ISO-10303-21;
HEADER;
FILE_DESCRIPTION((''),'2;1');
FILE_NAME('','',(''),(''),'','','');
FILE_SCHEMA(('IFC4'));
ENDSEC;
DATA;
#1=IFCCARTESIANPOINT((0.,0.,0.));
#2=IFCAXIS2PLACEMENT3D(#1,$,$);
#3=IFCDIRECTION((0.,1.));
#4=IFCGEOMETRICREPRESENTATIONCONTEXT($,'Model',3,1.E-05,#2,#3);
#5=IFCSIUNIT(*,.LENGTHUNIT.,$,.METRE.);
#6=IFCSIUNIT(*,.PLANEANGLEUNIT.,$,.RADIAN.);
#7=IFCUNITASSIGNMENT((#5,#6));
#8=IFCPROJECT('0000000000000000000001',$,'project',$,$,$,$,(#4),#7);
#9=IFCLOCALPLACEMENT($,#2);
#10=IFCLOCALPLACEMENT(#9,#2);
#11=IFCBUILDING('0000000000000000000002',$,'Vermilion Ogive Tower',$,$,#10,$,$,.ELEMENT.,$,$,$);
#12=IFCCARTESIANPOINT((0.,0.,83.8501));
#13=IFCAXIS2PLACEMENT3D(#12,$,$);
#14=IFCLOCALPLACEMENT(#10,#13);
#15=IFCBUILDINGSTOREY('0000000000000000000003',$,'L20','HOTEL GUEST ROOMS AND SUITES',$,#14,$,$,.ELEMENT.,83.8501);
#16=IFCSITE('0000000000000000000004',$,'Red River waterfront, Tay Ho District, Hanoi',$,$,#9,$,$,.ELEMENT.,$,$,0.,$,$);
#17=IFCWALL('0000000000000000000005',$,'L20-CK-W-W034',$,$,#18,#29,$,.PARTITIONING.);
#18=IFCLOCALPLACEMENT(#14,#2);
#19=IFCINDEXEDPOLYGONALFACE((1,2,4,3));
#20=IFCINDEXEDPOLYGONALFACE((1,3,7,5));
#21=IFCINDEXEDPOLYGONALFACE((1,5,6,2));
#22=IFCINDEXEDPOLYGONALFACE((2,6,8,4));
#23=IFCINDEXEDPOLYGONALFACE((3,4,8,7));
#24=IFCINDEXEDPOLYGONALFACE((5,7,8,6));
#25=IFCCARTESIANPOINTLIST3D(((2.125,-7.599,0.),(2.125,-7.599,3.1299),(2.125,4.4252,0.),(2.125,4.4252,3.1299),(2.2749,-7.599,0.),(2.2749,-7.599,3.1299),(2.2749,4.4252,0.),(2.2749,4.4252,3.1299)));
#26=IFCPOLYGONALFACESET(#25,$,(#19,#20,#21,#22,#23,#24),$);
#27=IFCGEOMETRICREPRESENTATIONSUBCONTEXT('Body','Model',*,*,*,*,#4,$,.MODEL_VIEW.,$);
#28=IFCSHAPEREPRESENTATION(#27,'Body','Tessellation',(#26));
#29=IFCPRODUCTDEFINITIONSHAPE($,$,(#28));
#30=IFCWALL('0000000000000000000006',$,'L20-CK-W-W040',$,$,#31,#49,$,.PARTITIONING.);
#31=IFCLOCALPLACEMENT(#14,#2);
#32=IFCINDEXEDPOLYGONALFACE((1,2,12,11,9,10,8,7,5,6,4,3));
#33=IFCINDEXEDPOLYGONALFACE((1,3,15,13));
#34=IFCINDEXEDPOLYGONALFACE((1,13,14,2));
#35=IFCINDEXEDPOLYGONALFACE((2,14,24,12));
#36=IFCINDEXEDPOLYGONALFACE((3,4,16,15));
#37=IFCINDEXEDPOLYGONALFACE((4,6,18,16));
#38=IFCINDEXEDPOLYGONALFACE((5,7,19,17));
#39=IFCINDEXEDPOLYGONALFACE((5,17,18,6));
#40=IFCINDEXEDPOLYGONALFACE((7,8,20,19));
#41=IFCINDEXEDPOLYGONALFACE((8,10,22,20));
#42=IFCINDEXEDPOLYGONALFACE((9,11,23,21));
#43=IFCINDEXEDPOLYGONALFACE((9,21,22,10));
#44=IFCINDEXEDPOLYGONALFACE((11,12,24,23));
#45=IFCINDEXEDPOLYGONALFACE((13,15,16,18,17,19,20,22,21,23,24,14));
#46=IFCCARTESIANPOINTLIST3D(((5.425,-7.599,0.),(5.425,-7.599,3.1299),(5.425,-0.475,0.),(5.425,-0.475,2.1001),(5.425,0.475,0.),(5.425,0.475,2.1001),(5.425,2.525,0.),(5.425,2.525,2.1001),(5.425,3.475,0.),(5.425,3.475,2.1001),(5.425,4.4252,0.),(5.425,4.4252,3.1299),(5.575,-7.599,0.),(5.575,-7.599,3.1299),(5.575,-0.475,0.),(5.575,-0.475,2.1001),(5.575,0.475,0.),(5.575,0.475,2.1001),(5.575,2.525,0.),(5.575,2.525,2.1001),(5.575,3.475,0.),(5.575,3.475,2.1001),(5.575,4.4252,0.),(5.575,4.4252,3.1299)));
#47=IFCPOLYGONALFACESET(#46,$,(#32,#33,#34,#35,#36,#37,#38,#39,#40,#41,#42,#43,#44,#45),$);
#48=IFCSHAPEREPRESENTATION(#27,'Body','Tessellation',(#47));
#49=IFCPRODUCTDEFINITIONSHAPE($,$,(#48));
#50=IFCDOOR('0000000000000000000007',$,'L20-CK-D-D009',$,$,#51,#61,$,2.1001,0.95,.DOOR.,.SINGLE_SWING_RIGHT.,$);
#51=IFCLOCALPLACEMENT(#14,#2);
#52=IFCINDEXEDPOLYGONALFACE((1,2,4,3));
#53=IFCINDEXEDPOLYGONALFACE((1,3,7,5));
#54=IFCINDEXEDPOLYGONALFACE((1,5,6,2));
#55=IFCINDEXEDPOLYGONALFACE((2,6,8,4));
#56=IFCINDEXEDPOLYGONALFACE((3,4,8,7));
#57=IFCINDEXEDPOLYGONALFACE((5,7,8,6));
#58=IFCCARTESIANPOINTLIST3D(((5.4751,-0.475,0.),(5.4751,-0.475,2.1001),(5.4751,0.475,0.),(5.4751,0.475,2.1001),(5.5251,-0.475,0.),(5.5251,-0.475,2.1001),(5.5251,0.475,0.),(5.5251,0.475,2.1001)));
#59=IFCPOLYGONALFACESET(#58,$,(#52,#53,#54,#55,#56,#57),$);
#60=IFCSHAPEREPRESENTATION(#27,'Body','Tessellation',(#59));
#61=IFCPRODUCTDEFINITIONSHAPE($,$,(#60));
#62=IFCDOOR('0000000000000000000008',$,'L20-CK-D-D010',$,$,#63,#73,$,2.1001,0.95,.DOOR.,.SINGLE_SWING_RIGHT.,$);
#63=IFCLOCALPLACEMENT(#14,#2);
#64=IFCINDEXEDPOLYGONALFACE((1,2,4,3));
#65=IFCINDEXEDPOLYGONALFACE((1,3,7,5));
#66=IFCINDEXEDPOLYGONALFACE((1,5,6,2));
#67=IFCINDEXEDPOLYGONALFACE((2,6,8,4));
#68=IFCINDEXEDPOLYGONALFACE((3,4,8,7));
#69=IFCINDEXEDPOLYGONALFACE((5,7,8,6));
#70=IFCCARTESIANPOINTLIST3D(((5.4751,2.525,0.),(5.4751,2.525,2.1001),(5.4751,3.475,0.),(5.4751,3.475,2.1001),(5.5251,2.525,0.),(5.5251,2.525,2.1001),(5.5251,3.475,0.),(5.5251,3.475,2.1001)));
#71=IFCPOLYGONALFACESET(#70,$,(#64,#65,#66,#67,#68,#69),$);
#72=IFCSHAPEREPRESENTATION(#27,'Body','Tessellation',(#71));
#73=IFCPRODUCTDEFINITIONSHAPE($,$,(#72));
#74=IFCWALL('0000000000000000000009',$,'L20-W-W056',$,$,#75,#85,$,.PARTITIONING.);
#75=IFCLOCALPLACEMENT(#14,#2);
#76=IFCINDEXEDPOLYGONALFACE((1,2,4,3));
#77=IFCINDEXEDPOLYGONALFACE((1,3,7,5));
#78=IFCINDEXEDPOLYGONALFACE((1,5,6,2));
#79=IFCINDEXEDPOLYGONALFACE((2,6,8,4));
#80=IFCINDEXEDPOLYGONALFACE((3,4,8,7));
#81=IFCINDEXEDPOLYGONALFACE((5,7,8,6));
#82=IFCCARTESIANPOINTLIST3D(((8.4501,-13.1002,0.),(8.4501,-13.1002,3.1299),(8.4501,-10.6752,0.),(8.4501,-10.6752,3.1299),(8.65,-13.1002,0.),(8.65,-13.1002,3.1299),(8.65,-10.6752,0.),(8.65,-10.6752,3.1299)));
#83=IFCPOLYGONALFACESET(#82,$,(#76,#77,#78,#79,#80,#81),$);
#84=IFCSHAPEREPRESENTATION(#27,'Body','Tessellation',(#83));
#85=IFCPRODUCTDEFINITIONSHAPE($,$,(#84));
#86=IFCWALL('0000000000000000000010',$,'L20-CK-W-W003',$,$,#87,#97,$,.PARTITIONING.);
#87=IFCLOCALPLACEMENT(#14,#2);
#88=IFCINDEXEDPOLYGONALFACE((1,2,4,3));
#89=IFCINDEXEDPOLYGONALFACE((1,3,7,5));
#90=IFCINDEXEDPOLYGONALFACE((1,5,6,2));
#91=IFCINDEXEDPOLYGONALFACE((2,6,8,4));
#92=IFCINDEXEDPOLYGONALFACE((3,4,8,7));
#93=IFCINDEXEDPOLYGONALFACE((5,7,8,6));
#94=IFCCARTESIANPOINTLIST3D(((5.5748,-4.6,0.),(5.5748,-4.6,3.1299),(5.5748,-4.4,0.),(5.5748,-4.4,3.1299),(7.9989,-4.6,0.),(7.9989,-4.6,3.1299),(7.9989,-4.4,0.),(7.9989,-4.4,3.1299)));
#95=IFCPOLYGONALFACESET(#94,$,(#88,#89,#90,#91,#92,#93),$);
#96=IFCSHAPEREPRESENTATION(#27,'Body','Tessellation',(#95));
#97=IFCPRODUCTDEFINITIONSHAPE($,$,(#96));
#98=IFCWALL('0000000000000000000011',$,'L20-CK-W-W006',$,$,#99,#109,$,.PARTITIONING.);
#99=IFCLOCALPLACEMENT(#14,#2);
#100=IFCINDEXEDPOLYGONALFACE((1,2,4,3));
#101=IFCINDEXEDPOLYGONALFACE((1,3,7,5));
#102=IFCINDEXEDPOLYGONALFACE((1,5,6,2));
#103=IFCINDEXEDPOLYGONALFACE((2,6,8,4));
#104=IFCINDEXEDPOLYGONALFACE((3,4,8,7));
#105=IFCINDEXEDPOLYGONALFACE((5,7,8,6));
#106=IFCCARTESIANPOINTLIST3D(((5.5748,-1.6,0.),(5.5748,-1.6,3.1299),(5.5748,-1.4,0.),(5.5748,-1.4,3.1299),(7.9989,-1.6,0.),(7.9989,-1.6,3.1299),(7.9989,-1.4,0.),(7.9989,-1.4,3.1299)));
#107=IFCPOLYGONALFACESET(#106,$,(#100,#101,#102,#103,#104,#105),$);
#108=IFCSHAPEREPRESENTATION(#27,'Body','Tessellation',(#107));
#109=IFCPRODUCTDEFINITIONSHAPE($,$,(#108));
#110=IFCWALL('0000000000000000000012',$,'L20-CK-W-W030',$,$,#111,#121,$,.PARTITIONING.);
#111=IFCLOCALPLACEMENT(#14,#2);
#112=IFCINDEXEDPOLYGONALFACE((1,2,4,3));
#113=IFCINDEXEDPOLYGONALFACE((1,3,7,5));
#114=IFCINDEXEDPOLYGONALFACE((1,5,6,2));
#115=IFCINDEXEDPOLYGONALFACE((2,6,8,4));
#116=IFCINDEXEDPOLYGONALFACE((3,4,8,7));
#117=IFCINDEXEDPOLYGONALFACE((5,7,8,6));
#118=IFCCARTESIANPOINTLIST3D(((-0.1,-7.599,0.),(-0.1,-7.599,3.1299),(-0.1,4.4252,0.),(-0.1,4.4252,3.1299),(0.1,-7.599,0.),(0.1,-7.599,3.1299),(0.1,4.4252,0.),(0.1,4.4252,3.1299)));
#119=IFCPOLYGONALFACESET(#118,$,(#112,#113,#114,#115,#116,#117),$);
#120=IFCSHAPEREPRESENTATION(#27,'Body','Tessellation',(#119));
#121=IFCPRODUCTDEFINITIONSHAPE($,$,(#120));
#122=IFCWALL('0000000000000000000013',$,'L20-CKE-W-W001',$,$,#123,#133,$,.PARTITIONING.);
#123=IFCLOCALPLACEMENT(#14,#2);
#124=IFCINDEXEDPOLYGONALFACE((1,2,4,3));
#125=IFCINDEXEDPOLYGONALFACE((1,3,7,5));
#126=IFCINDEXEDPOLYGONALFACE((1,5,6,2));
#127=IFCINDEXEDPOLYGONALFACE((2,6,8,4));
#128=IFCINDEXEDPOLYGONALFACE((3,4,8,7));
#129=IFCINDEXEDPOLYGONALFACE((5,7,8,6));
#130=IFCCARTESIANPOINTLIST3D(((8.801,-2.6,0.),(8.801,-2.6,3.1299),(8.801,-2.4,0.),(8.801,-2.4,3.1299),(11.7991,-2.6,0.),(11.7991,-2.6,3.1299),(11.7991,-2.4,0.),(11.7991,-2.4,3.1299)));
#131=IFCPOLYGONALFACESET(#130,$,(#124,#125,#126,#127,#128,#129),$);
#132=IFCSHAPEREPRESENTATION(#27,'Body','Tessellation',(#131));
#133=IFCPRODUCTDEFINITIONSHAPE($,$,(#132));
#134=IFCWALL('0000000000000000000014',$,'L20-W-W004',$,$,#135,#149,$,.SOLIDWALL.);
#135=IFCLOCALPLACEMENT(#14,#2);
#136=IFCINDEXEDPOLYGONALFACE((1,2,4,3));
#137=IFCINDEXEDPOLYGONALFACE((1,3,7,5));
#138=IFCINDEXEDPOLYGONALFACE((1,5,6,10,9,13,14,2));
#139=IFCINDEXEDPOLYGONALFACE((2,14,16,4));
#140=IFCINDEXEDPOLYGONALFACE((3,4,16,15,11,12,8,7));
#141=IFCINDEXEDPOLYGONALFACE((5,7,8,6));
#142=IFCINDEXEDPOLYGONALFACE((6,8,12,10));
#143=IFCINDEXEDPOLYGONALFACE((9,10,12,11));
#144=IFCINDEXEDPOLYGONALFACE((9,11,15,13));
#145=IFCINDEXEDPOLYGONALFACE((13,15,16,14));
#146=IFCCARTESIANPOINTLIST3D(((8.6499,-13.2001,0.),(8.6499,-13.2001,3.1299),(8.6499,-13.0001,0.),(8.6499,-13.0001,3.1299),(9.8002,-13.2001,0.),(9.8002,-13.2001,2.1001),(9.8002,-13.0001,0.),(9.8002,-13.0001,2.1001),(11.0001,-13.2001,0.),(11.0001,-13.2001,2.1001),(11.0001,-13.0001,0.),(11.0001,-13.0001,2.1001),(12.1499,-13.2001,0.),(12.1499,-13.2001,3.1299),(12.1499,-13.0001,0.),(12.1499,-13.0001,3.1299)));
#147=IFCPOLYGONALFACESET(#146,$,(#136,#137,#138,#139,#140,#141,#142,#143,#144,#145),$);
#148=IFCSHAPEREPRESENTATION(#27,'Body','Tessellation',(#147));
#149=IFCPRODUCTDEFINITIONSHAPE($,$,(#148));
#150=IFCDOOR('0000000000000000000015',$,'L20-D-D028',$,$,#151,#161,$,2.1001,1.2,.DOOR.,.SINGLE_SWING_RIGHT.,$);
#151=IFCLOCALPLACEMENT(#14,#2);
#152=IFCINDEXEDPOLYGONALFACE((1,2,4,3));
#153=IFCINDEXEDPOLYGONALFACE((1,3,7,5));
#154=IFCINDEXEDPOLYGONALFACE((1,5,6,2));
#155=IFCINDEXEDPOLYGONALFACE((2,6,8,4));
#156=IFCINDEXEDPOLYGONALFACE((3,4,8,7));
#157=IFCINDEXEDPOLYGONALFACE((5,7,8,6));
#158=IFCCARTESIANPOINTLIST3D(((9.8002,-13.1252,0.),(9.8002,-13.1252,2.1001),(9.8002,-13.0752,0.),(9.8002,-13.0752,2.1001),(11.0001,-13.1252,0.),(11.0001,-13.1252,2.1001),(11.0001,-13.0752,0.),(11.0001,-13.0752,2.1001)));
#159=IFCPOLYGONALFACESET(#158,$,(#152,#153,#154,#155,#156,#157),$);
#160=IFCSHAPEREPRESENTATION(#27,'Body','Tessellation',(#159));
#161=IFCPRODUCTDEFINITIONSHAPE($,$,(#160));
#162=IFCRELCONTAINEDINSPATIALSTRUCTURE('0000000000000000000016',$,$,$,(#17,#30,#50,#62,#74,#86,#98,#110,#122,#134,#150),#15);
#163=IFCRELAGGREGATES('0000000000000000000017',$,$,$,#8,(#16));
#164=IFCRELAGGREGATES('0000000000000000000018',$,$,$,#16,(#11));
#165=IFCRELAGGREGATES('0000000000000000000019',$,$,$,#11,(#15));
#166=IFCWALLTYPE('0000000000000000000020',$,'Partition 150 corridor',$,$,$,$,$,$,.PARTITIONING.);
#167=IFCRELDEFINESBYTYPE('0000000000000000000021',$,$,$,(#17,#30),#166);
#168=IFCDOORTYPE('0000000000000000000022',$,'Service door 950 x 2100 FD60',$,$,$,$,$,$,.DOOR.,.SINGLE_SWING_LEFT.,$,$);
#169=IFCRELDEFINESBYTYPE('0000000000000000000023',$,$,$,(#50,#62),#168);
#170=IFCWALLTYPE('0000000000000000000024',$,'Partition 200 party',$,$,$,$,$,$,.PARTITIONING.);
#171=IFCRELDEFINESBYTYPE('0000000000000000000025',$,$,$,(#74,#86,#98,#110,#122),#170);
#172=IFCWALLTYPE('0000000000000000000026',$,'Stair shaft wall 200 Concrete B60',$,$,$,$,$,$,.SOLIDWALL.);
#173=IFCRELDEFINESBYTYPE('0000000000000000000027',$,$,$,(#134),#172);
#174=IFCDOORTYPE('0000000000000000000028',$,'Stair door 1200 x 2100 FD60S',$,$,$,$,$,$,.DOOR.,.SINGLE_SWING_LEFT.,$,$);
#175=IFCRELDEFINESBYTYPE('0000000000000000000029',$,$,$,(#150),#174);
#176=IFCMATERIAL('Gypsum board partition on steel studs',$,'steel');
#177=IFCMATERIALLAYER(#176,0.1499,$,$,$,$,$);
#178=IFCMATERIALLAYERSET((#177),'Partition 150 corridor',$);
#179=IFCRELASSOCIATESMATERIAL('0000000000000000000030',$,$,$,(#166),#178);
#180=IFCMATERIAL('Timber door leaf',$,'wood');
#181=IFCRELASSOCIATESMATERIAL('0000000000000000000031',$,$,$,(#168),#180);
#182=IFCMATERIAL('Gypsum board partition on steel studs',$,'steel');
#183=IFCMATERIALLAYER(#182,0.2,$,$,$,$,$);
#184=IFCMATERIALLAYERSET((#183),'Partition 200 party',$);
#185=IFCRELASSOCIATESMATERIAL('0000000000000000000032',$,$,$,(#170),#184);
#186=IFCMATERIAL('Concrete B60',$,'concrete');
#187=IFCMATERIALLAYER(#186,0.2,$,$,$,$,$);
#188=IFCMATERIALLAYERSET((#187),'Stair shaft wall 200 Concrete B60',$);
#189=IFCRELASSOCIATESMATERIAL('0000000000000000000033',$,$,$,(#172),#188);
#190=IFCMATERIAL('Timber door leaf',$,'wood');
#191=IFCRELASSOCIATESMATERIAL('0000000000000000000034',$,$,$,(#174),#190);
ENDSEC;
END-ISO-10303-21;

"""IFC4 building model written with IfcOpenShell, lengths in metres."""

from ifc_helpers import new_model, si_unit, direction, frame, frame_2d, origin, place, context, subcontext, project, spatial, rectangle, extrude, material, layer, layer_set, type_object, element, fill, save


model = new_model("IFC4")

# Units and contexts
model_context = context("Model", 3, precision=1e-05, world=origin(), true_north=direction((0.0, 1.0)))
body_context = subcontext(model_context, "Body", "Model", "MODEL_VIEW")
ifc_project = project(units=[si_unit("LENGTHUNIT", "METRE"), si_unit("PLANEANGLEUNIT", "RADIAN")], contexts=[model_context])

# Site, building, storey
site_placement = place(None, origin())
site = spatial("IfcSite", under=ifc_project, at=site_placement, Name="Red River waterfront, Tay Ho District, Hanoi", CompositionType="ELEMENT", RefElevation=0.0)
building_placement = place(site_placement, origin())
building = spatial("IfcBuilding", under=site, at=building_placement, Name="Vermilion Ogive Tower", CompositionType="ELEMENT")
storey_placement = place(building_placement, frame((0.0, 0.0, 83.8501)))
storey = spatial("IfcBuildingStorey", under=building, at=storey_placement, Name="L20", Description="HOTEL GUEST ROOMS AND SUITES", CompositionType="ELEMENT", Elevation=83.8501)

# Shared definitions
ifc_material_1 = material(Name="Gypsum board partition on steel studs", Category="steel")
ifc_layer_1 = layer(ifc_material_1, 0.1499)
ifc_layer_set_1 = layer_set([ifc_layer_1], Name="Partition 150 corridor")
wall_type_1 = type_object("IfcWallType", Name="Partition 150 corridor", PredefinedType="PARTITIONING", material=ifc_layer_set_1)

# Wall
wall_1_placement = place(storey_placement, frame((2.2, -7.5991, 0.0), z_axis=(0.0, 0.0, 1.0), x_axis=(0.0, 1.0, 0.0)))
element("IfcWall", 1, at=wall_1_placement, inside=storey, type_object=wall_type_1, Name="L20-CK-W-W034", PredefinedType="PARTITIONING", context=body_context, shape_type="SweptSolid", body=[
    extrude(rectangle(XDim=12.0242, YDim=0.1499, at=frame_2d((6.0122, 0.0))), origin(), (0.0, 0.0, 1.0), 3.1299),
])

# Wall, openings, doors
wall_2_placement = place(storey_placement, frame((5.5, -7.5991, 0.0), z_axis=(0.0, 0.0, 1.0), x_axis=(0.0, 1.0, 0.0)))
wall_2 = element("IfcWall", 2, at=wall_2_placement, inside=storey, type_object=wall_type_1, Name="L20-CK-W-W040", PredefinedType="PARTITIONING", context=body_context, shape_type="SweptSolid", body=[
    extrude(rectangle(XDim=12.0242, YDim=0.1499, at=frame_2d((6.0122, 0.0))), origin(), (0.0, 0.0, 1.0), 3.1299),
])
opening_1_placement = place(wall_2_placement, frame((7.124, 0.0, 0.0)))
opening_1 = element("IfcOpeningElement", 3, at=opening_1_placement, cuts=wall_2, PredefinedType="OPENING", context=body_context, shape_type="SweptSolid", body=[
    extrude(rectangle(XDim=0.95, YDim=2.1001, at=frame_2d((0.4751, 1.05))), frame((0.0, 0.085, 0.0), z_axis=(0.0, -1.0, 0.0), x_axis=(1.0, 0.0, 0.0)), (0.0, 0.0, 1.0), 0.1699),
])
opening_2_placement = place(wall_2_placement, frame((10.124, 0.0, 0.0)))
opening_2 = element("IfcOpeningElement", 4, at=opening_2_placement, cuts=wall_2, PredefinedType="OPENING", context=body_context, shape_type="SweptSolid", body=[
    extrude(rectangle(XDim=0.95, YDim=2.1001, at=frame_2d((0.4751, 1.05))), frame((0.0, 0.085, 0.0), z_axis=(0.0, -1.0, 0.0), x_axis=(1.0, 0.0, 0.0)), (0.0, 0.0, 1.0), 0.1699),
])
ifc_material_2 = material(Name="Timber door leaf", Category="wood")
door_type_1 = type_object("IfcDoorType", Name="Service door 950 x 2100 FD60", OperationType="SINGLE_SWING_LEFT", PredefinedType="DOOR", material=ifc_material_2)
door_1_placement = place(opening_1_placement, origin())
door_1 = element("IfcDoor", 5, at=door_1_placement, inside=storey, type_object=door_type_1, Name="L20-CK-D-D009", OperationType="SINGLE_SWING_RIGHT", OverallHeight=2.1001, OverallWidth=0.95, PredefinedType="DOOR", context=body_context, shape_type="SweptSolid", body=[
    extrude(rectangle(XDim=0.95, YDim=2.1001, at=frame_2d((0.4751, 1.05))), frame((0.0, 0.0249, 0.0), z_axis=(0.0, -1.0, 0.0), x_axis=(1.0, 0.0, 0.0)), (0.0, 0.0, 1.0), 0.05),
])
fill(opening_1, door_1)
door_2_placement = place(opening_2_placement, origin())
door_2 = element("IfcDoor", 6, at=door_2_placement, inside=storey, type_object=door_type_1, Name="L20-CK-D-D010", OperationType="SINGLE_SWING_RIGHT", OverallHeight=2.1001, OverallWidth=0.95, PredefinedType="DOOR", context=body_context, shape_type="SweptSolid", body=[
    extrude(rectangle(XDim=0.95, YDim=2.1001, at=frame_2d((0.4751, 1.05))), frame((0.0, 0.0249, 0.0), z_axis=(0.0, -1.0, 0.0), x_axis=(1.0, 0.0, 0.0)), (0.0, 0.0, 1.0), 0.05),
])
fill(opening_2, door_2)

# Walls
ifc_material_3 = material(Name="Gypsum board partition on steel studs", Category="steel")
ifc_layer_2 = layer(ifc_material_3, 0.2)
ifc_layer_set_2 = layer_set([ifc_layer_2], Name="Partition 200 party")
wall_type_2 = type_object("IfcWallType", Name="Partition 200 party", PredefinedType="PARTITIONING", material=ifc_layer_set_2)
wall_3_placement = place(storey_placement, frame((8.55, -13.1001, 0.0), z_axis=(0.0, 0.0, 1.0), x_axis=(0.0, 1.0, 0.0)))
element("IfcWall", 7, at=wall_3_placement, inside=storey, type_object=wall_type_2, Name="L20-W-W056", PredefinedType="PARTITIONING", context=body_context, shape_type="SweptSolid", body=[
    extrude(rectangle(XDim=2.425, YDim=0.2, at=frame_2d((1.2124, 0.0))), origin(), (0.0, 0.0, 1.0), 3.1299),
])
for number, where, z_axis, x_axis, name in (
    (8, (5.575, -4.5, 0.0), (0.0, 0.0, 1.0), (1.0, 0.0, 0.0), "L20-CK-W-W003"),
    (9, (5.575, -1.5, 0.0), (0.0, 0.0, 1.0), (1.0, 0.0, 0.0), "L20-CK-W-W006"),
):
    element("IfcWall", number, at=place(storey_placement, frame(where, z_axis=z_axis, x_axis=x_axis)), inside=storey, type_object=wall_type_2, Name=name, PredefinedType="PARTITIONING", context=body_context, shape_type="SweptSolid", body=[
        extrude(rectangle(XDim=2.4241, YDim=0.2, at=frame_2d((1.2119, 0.0))), origin(), (0.0, 0.0, 1.0), 3.1299),
    ])
wall_4_placement = place(storey_placement, frame((0.0, -7.5991, 0.0), z_axis=(0.0, 0.0, 1.0), x_axis=(0.0, 1.0, 0.0)))
element("IfcWall", 10, at=wall_4_placement, inside=storey, type_object=wall_type_2, Name="L20-CK-W-W030", PredefinedType="PARTITIONING", context=body_context, shape_type="SweptSolid", body=[
    extrude(rectangle(XDim=12.0242, YDim=0.2, at=frame_2d((6.0122, 0.0))), origin(), (0.0, 0.0, 1.0), 3.1299),
])
wall_5_placement = place(storey_placement, frame((8.801, -2.5, 0.0), z_axis=(0.0, 0.0, 1.0), x_axis=(1.0, 0.0, 0.0)))
element("IfcWall", 11, at=wall_5_placement, inside=storey, type_object=wall_type_2, Name="L20-CKE-W-W001", PredefinedType="PARTITIONING", context=body_context, shape_type="SweptSolid", body=[
    extrude(rectangle(XDim=2.998, YDim=0.2, at=frame_2d((1.499, 0.0))), origin(), (0.0, 0.0, 1.0), 3.1299),
])

# Wall, opening, door
ifc_material_4 = material(Name="Concrete B60", Category="concrete")
ifc_layer_3 = layer(ifc_material_4, 0.2)
ifc_layer_set_3 = layer_set([ifc_layer_3], Name="Stair shaft wall 200 Concrete B60")
wall_type_3 = type_object("IfcWallType", Name="Stair shaft wall 200 Concrete B60", PredefinedType="SOLIDWALL", material=ifc_layer_set_3)
wall_6_placement = place(storey_placement, frame((8.6499, -13.1001, 0.0), z_axis=(0.0, 0.0, 1.0), x_axis=(1.0, 0.0, 0.0)))
wall_6 = element("IfcWall", 12, at=wall_6_placement, inside=storey, type_object=wall_type_3, Name="L20-W-W004", PredefinedType="SOLIDWALL", context=body_context, shape_type="SweptSolid", body=[
    extrude(rectangle(XDim=3.5, YDim=0.2, at=frame_2d((1.75, 0.0))), origin(), (0.0, 0.0, 1.0), 3.1299),
])
opening_3_placement = place(wall_6_placement, frame((1.1501, 0.0, 0.0)))
opening_3 = element("IfcOpeningElement", 13, at=opening_3_placement, cuts=wall_6, PredefinedType="OPENING", context=body_context, shape_type="SweptSolid", body=[
    extrude(rectangle(XDim=1.2, YDim=2.1001, at=frame_2d((0.6001, 1.05))), frame((0.0, 0.1099, 0.0), z_axis=(0.0, -1.0, 0.0), x_axis=(1.0, 0.0, 0.0)), (0.0, 0.0, 1.0), 0.22),
])
ifc_material_5 = material(Name="Timber door leaf", Category="wood")
door_type_2 = type_object("IfcDoorType", Name="Stair door 1200 x 2100 FD60S", OperationType="SINGLE_SWING_LEFT", PredefinedType="DOOR", material=ifc_material_5)
door_3_placement = place(opening_3_placement, origin())
door_3 = element("IfcDoor", 14, at=door_3_placement, inside=storey, type_object=door_type_2, Name="L20-D-D028", OperationType="SINGLE_SWING_RIGHT", OverallHeight=2.1001, OverallWidth=1.2, PredefinedType="DOOR", context=body_context, shape_type="SweptSolid", body=[
    extrude(rectangle(XDim=1.2, YDim=2.1001, at=frame_2d((0.6001, 1.05))), frame((0.0, 0.0249, 0.0), z_axis=(0.0, -1.0, 0.0), x_axis=(1.0, 0.0, 0.0)), (0.0, 0.0, 1.0), 0.05),
])
fill(opening_3, door_3)

save(model, "model.ifc")
